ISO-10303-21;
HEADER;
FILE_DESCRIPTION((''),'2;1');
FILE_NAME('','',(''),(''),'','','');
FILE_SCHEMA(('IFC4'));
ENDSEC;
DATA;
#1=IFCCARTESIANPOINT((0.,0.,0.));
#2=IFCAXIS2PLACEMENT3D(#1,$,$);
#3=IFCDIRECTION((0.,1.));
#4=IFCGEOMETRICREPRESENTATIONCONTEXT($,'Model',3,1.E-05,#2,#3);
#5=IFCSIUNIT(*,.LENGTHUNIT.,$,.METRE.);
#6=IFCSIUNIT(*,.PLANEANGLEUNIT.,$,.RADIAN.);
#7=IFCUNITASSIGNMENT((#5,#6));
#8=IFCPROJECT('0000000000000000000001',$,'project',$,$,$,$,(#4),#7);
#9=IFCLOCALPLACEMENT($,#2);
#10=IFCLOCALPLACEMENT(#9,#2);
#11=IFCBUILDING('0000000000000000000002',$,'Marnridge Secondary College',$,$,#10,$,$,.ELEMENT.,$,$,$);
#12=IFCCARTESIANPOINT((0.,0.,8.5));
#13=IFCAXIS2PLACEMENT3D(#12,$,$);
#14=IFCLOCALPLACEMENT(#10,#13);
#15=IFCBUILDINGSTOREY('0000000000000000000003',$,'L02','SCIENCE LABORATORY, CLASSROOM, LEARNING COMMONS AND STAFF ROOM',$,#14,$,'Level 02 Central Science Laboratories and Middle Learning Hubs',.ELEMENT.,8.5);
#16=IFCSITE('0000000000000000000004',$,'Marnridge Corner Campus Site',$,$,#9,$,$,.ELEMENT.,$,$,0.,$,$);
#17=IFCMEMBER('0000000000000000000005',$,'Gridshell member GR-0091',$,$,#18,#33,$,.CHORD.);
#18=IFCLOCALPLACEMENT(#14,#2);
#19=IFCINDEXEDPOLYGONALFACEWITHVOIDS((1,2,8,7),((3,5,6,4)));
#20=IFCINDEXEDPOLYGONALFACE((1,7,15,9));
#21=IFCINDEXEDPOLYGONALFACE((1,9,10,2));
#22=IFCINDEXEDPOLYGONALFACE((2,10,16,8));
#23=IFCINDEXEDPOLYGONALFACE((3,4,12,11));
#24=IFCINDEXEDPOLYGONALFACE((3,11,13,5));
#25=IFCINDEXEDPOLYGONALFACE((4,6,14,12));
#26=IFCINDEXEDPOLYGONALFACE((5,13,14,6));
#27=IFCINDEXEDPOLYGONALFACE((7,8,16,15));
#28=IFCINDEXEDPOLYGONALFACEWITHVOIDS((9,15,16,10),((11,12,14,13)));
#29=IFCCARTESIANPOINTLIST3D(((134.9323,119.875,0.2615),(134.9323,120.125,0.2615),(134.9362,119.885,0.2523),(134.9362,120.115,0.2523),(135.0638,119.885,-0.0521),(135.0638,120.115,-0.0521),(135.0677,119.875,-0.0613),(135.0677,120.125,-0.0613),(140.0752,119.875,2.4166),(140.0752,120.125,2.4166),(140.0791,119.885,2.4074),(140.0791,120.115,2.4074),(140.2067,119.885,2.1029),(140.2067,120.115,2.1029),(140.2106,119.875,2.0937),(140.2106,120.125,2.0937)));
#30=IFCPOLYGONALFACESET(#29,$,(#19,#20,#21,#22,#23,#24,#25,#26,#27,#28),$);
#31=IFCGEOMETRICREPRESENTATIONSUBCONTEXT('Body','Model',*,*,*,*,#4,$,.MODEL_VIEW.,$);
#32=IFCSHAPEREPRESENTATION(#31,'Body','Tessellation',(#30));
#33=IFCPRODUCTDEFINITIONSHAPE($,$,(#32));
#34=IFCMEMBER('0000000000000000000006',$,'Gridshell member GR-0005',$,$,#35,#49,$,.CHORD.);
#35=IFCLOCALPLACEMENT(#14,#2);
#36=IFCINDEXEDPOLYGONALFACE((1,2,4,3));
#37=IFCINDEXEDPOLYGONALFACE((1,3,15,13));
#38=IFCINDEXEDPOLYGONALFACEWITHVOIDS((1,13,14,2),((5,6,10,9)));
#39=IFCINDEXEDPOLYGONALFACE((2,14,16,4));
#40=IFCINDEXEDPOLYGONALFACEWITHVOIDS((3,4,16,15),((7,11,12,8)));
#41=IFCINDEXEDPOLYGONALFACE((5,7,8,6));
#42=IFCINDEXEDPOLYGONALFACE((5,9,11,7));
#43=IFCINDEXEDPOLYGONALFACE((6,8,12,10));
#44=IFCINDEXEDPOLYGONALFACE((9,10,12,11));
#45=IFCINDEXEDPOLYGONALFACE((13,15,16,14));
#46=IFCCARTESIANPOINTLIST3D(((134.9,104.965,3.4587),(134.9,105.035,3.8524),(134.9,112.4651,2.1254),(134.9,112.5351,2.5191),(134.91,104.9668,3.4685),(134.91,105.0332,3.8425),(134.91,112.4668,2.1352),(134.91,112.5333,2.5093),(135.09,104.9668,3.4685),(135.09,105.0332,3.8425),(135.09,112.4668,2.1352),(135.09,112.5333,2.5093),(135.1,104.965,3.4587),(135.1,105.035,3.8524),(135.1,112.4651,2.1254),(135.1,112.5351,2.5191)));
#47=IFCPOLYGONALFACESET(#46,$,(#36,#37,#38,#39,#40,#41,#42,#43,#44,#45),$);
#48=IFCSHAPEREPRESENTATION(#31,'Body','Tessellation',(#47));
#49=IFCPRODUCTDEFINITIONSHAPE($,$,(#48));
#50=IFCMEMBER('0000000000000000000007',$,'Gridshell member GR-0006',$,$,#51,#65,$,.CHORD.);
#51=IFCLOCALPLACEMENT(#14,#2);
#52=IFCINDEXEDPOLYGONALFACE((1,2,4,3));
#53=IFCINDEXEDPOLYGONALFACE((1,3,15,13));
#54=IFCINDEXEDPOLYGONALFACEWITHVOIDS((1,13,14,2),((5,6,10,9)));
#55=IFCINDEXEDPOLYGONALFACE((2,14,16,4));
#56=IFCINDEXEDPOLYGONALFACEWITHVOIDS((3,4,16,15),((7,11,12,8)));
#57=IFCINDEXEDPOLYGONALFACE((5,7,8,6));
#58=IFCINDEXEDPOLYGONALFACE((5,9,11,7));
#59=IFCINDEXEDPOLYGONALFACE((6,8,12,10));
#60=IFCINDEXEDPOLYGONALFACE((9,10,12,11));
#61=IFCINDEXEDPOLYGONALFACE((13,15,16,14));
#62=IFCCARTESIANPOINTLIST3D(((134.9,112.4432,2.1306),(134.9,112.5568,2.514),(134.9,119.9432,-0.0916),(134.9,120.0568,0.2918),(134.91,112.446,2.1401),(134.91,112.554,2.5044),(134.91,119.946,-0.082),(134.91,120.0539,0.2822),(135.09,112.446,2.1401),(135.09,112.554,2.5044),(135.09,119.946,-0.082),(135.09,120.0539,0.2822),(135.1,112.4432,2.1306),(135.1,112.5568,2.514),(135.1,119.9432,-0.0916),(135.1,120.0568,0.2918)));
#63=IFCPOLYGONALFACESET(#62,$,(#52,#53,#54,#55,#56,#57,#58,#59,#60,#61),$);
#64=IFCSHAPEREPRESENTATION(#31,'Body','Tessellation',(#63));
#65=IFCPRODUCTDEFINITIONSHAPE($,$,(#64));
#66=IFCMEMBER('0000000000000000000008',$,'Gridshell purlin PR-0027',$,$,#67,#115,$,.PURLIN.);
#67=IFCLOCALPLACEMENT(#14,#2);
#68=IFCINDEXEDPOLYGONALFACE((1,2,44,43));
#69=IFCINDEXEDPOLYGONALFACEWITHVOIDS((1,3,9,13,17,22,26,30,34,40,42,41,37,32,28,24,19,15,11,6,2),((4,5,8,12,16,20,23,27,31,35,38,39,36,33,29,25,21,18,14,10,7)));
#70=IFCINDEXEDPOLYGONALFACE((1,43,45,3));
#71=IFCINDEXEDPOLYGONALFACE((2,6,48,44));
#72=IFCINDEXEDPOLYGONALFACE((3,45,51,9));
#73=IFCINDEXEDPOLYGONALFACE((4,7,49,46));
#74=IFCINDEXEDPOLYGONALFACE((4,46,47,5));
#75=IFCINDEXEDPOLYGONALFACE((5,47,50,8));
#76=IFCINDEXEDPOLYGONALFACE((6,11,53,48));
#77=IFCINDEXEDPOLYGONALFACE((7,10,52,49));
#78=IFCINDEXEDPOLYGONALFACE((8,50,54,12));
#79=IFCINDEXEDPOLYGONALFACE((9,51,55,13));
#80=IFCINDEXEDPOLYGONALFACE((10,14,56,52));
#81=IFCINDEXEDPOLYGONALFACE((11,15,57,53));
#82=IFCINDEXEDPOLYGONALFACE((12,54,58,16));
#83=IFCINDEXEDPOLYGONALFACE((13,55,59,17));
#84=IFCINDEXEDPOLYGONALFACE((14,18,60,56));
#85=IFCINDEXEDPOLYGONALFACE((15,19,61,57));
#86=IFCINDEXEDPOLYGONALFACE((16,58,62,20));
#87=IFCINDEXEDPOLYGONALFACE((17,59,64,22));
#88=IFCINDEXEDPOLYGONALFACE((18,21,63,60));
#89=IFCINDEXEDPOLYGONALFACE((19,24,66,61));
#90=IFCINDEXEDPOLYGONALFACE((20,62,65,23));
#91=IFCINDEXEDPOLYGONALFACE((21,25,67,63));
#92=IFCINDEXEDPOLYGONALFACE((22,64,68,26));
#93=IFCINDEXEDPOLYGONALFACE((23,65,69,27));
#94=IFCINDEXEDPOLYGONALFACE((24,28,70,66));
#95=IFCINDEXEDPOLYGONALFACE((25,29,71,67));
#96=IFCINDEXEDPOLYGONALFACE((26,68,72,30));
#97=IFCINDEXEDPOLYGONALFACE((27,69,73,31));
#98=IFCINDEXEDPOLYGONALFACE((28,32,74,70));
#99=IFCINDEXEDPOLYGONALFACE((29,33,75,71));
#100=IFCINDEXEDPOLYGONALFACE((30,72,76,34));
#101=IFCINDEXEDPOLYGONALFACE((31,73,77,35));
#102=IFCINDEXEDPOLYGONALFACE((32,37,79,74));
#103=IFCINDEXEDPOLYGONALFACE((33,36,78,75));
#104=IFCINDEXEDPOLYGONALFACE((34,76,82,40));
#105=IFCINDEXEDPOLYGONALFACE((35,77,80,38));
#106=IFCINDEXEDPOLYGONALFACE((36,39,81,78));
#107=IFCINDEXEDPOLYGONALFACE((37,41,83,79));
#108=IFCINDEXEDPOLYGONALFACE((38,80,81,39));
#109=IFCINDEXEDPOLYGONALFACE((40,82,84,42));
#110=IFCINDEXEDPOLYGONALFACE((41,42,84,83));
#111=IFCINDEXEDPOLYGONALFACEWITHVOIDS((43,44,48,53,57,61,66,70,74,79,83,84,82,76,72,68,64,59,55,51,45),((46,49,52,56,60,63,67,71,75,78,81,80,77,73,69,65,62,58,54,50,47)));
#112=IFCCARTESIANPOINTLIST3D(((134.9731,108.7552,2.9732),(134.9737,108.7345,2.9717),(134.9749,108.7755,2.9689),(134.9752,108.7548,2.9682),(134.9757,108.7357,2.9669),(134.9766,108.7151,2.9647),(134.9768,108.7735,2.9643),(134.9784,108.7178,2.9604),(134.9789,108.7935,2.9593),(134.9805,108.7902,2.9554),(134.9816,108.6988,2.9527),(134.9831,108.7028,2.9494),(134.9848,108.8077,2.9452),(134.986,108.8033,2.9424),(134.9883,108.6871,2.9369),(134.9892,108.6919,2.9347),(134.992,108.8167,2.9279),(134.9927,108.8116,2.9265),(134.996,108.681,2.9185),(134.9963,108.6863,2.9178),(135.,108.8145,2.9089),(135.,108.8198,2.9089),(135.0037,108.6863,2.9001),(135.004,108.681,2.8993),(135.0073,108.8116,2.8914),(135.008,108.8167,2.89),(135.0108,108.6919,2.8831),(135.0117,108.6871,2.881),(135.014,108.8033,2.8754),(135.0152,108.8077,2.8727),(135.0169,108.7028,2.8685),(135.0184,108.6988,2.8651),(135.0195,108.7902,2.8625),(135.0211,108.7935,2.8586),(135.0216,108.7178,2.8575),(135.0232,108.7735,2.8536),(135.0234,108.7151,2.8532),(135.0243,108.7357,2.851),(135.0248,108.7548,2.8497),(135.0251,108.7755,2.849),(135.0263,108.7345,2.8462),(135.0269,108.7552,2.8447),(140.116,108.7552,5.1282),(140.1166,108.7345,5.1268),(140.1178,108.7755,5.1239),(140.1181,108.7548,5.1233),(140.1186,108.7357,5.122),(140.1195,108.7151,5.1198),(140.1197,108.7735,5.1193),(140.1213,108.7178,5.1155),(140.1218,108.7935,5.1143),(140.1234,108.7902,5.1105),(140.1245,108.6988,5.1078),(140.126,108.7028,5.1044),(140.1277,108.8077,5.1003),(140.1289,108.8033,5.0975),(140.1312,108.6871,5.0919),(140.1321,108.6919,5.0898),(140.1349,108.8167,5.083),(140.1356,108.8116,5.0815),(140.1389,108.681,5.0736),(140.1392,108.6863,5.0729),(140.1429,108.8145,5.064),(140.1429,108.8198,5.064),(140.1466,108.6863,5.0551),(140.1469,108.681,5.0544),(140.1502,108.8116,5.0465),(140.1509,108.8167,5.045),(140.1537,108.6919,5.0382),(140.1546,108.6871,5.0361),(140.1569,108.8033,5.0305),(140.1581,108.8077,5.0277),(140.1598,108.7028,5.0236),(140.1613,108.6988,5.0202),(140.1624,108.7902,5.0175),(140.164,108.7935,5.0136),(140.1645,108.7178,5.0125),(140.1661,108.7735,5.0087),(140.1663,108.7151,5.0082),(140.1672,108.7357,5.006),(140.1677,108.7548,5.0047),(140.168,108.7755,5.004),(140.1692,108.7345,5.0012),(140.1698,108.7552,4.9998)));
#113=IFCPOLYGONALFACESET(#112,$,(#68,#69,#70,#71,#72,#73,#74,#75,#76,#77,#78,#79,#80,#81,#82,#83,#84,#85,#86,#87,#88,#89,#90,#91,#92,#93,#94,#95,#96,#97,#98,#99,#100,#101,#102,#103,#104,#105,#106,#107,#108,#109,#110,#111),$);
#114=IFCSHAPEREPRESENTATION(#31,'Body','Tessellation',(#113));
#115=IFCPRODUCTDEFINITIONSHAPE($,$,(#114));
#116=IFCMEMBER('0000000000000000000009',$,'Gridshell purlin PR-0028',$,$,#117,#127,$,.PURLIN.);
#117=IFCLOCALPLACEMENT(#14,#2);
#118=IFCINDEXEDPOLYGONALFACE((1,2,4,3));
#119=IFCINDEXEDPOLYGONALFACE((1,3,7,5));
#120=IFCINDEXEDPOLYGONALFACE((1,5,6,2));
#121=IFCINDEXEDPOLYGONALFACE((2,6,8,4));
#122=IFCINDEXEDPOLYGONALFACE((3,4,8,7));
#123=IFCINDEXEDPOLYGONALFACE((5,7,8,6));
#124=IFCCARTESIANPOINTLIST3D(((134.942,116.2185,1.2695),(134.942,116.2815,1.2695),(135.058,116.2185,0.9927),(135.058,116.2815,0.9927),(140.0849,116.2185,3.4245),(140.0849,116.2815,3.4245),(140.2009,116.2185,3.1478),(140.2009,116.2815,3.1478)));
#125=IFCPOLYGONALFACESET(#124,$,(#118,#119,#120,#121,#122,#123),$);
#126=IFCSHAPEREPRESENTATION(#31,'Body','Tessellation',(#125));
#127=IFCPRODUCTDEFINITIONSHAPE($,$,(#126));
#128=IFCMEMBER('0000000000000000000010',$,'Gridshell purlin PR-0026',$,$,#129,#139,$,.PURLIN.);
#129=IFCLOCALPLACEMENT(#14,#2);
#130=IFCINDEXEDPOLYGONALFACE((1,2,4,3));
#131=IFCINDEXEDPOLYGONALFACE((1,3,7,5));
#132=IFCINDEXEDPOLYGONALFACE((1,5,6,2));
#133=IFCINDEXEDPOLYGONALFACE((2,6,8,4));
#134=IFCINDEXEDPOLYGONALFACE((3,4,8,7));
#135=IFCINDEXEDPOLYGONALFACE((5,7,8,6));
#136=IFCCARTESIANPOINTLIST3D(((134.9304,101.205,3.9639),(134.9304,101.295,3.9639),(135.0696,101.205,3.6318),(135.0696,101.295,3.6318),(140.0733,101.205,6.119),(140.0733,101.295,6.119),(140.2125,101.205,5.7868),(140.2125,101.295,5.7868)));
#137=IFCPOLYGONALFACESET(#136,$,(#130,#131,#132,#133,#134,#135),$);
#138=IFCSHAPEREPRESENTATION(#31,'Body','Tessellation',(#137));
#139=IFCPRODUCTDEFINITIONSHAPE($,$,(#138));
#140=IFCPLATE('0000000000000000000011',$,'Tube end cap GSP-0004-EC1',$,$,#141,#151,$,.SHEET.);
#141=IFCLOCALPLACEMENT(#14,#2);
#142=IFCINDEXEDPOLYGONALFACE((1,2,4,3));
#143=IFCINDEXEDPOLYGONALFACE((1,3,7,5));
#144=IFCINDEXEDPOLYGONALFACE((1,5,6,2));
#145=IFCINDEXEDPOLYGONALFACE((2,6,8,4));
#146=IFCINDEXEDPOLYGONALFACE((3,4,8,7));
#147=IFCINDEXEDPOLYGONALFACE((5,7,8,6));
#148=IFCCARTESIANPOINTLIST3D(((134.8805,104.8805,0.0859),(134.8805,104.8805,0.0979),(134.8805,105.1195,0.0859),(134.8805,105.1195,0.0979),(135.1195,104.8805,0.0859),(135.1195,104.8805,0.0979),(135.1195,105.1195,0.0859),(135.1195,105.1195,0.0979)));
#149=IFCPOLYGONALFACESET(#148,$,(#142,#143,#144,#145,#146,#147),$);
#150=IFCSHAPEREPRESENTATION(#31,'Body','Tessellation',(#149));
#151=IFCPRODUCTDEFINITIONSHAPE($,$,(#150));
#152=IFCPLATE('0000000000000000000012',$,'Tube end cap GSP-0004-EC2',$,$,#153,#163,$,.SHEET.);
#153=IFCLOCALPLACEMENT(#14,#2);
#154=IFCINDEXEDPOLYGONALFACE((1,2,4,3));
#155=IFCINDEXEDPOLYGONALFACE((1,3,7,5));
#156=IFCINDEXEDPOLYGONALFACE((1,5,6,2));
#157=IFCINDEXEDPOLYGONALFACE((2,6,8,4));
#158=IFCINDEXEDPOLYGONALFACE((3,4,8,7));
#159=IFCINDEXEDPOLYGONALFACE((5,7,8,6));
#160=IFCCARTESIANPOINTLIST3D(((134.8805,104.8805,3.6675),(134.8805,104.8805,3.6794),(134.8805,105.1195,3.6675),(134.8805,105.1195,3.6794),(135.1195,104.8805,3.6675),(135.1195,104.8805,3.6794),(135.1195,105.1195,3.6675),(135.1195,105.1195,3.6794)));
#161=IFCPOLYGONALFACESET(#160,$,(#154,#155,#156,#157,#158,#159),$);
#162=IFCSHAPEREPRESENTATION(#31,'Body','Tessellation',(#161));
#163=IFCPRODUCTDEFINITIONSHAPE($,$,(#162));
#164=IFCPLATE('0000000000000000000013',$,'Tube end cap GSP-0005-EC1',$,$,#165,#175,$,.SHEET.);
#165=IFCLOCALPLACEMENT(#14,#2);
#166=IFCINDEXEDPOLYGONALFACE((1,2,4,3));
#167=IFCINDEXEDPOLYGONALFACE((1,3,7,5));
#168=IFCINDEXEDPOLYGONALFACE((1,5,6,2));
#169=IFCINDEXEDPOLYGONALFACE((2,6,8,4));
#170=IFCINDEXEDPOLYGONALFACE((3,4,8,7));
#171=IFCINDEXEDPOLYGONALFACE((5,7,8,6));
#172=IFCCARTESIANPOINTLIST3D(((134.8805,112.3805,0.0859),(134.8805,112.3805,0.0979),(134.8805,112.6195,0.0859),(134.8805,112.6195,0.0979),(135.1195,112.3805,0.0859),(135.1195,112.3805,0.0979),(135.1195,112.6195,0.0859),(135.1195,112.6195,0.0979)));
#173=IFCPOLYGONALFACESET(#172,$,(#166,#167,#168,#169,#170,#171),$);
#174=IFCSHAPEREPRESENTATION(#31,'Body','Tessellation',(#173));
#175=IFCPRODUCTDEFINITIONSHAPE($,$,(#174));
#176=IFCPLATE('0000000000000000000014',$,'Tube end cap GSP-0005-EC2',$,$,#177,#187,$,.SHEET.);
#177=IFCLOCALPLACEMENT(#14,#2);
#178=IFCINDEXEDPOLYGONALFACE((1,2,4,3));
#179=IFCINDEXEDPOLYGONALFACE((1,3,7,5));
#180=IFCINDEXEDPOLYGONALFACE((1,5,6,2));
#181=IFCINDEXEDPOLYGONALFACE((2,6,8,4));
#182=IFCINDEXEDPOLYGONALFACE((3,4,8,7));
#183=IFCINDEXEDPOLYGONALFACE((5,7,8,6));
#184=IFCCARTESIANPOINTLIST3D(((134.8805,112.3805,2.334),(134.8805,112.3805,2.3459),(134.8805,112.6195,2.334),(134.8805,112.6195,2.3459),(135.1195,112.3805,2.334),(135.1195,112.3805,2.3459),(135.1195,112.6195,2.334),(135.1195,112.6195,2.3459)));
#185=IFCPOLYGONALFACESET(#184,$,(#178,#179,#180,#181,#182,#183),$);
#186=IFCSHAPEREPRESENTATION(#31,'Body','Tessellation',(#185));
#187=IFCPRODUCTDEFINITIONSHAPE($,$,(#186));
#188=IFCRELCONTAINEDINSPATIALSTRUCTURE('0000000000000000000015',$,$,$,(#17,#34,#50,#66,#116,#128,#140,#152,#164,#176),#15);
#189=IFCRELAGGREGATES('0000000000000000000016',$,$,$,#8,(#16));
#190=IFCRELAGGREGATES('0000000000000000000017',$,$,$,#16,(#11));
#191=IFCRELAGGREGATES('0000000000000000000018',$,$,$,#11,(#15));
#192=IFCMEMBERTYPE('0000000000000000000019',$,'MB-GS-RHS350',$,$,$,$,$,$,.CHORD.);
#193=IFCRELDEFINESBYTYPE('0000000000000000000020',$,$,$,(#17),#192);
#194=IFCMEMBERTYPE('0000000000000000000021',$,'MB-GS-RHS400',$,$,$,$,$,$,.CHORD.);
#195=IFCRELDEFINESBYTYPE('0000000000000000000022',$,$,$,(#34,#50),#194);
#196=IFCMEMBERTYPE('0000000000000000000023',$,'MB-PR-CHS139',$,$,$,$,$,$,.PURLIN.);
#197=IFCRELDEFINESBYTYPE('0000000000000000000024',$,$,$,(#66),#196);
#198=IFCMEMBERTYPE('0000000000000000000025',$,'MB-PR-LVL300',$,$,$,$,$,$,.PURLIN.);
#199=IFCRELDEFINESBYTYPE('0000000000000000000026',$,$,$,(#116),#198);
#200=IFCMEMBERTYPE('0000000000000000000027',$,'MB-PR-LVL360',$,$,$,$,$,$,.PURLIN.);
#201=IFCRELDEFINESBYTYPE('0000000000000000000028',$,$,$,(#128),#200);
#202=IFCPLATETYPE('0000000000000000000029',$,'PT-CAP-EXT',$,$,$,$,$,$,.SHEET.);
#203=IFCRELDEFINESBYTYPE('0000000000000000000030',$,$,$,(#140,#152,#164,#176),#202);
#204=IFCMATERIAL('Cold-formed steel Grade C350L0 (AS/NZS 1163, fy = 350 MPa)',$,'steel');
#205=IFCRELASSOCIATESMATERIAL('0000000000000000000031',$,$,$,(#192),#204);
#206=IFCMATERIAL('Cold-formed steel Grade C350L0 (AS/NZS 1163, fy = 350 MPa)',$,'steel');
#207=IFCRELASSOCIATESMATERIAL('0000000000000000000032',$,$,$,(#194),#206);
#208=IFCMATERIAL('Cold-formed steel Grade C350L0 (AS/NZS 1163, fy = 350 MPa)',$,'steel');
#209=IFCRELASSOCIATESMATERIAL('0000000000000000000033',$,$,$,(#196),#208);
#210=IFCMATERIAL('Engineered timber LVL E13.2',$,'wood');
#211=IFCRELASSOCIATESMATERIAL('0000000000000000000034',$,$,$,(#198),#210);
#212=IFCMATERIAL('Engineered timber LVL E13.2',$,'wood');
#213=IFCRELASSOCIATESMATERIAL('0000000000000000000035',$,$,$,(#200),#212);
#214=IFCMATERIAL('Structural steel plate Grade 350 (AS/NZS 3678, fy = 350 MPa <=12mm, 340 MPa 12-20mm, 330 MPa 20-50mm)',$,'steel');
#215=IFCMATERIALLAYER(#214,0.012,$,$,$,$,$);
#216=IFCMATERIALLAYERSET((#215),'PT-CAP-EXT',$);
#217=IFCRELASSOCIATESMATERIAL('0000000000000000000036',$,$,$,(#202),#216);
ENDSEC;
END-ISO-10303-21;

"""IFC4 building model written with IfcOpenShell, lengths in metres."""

from ifc_helpers import new_model, si_unit, direction, frame, origin, origin_2d, place, context, subcontext, project, spatial, rectangle, hollow_rectangle, hollow_circle, extrude, material, layer, layer_set, material_profile, profile_set, type_object, element, save


model = new_model("IFC4")

# Units and contexts
model_context = context("Model", 3, precision=1e-05, world=origin(), true_north=direction((0.0, 1.0)))
body_context = subcontext(model_context, "Body", "Model", "MODEL_VIEW")
ifc_project = project(units=[si_unit("LENGTHUNIT", "METRE"), si_unit("PLANEANGLEUNIT", "RADIAN")], contexts=[model_context])

# Site, building, storey
site_placement = place(None, origin())
site = spatial("IfcSite", under=ifc_project, at=site_placement, Name="Marnridge Corner Campus Site", CompositionType="ELEMENT", RefElevation=0.0)
building_placement = place(site_placement, origin())
building = spatial("IfcBuilding", under=site, at=building_placement, Name="Marnridge Secondary College", CompositionType="ELEMENT")
storey_placement = place(building_placement, frame((0.0, 0.0, 8.5)))
storey = spatial("IfcBuildingStorey", under=building, at=storey_placement, Name="L02", Description="SCIENCE LABORATORY, CLASSROOM, LEARNING COMMONS AND STAFF ROOM", LongName="Level 02 Central Science Laboratories and Middle Learning Hubs", CompositionType="ELEMENT", Elevation=8.5)

# Members
ifc_material_1 = material(Name="Cold-formed steel Grade C350L0 (AS/NZS 1163, fy = 350 MPa)", Category="steel")
ifc_material_profile_1 = material_profile(ifc_material_1, hollow_rectangle(XDim=0.25, YDim=0.3501, WallThickness=0.01, at=origin_2d()), Name="350x250x10.0RHS")
ifc_profile_set_1 = profile_set([ifc_material_profile_1], Name="Cold-formed steel Grade C350L0 (AS/NZS 1163, fy = 350 MPa)")
member_type_1 = type_object("IfcMemberType", Name="MB-GS-RHS350", PredefinedType="CHORD", material=ifc_profile_set_1)
member_1_placement = place(storey_placement, frame((135.0, 120.0, 0.1001), z_axis=(0.922299, 0.0, 0.386477), x_axis=(0.0, 1.0, 0.0)))
element("IfcMember", 1, at=member_1_placement, inside=storey, type_object=member_type_1, Name="Gridshell member GR-0091", PredefinedType="CHORD", context=body_context, shape_type="SweptSolid", body=[
    extrude(hollow_rectangle(XDim=0.25, YDim=0.3501, WallThickness=0.01, at=origin_2d()), origin(), (0.0, 0.0, 1.0), 5.5762),
])
ifc_material_2 = material(Name="Cold-formed steel Grade C350L0 (AS/NZS 1163, fy = 350 MPa)", Category="steel")
ifc_material_profile_2 = material_profile(ifc_material_2, hollow_rectangle(XDim=0.2, YDim=0.3999, WallThickness=0.01, at=origin_2d()), Name="400x200x10.0RHS")
ifc_profile_set_2 = profile_set([ifc_material_profile_2], Name="Cold-formed steel Grade C350L0 (AS/NZS 1163, fy = 350 MPa)")
member_type_2 = type_object("IfcMemberType", Name="MB-GS-RHS400", PredefinedType="CHORD", material=ifc_profile_set_2)
member_2_placement = place(storey_placement, frame((135.0, 105.0, 3.6555), z_axis=(0.0, 0.984564, -0.175023), x_axis=(-1.0, 0.0, 0.0)))
element("IfcMember", 2, at=member_2_placement, inside=storey, type_object=member_type_2, Name="Gridshell member GR-0005", PredefinedType="CHORD", context=body_context, shape_type="SweptSolid", body=[
    extrude(hollow_rectangle(XDim=0.2, YDim=0.3999, WallThickness=0.01, at=origin_2d()), origin(), (0.0, 0.0, 1.0), 7.6177),
])
member_3_placement = place(storey_placement, frame((135.0, 112.5, 2.3223), z_axis=(0.0, 0.9588, -0.284082), x_axis=(-1.0, 0.0, 0.0)))
element("IfcMember", 3, at=member_3_placement, inside=storey, type_object=member_type_2, Name="Gridshell member GR-0006", PredefinedType="CHORD", context=body_context, shape_type="SweptSolid", body=[
    extrude(hollow_rectangle(XDim=0.2, YDim=0.3999, WallThickness=0.01, at=origin_2d()), origin(), (0.0, 0.0, 1.0), 7.8223),
])
ifc_material_3 = material(Name="Cold-formed steel Grade C350L0 (AS/NZS 1163, fy = 350 MPa)", Category="steel")
ifc_material_profile_3 = material_profile(ifc_material_3, hollow_circle(Radius=0.0698, WallThickness=0.0054, at=origin_2d()), Name="139.7x5.4CHS")
ifc_profile_set_3 = profile_set([ifc_material_profile_3], Name="Cold-formed steel Grade C350L0 (AS/NZS 1163, fy = 350 MPa)")
member_type_3 = type_object("IfcMemberType", Name="MB-PR-CHS139", PredefinedType="PURLIN", material=ifc_profile_set_3)
member_4_placement = place(storey_placement, frame((135.0, 108.75, 2.9089), z_axis=(0.922299, 0.0, 0.386477), x_axis=(0.0, 1.0, 0.0)))
element("IfcMember", 4, at=member_4_placement, inside=storey, type_object=member_type_3, Name="Gridshell purlin PR-0027", PredefinedType="PURLIN", context=body_context, shape_type="SweptSolid", body=[
    extrude(hollow_circle(Radius=0.0698, WallThickness=0.0054, at=origin_2d()), origin(), (0.0, 0.0, 1.0), 5.5762),
])
ifc_material_4 = material(Name="Engineered timber LVL E13.2", Category="wood")
ifc_material_profile_4 = material_profile(ifc_material_4, rectangle(XDim=0.063, YDim=0.3, at=origin_2d()), Name="LVL 63x300")
ifc_profile_set_4 = profile_set([ifc_material_profile_4], Name="Engineered timber LVL E13.2")
member_type_4 = type_object("IfcMemberType", Name="MB-PR-LVL300", PredefinedType="PURLIN", material=ifc_profile_set_4)
member_5_placement = place(storey_placement, frame((135.0, 116.25, 1.1311), z_axis=(0.922299, 0.0, 0.386477), x_axis=(0.0, 1.0, 0.0)))
element("IfcMember", 5, at=member_5_placement, inside=storey, type_object=member_type_4, Name="Gridshell purlin PR-0028", PredefinedType="PURLIN", context=body_context, shape_type="SweptSolid", body=[
    extrude(rectangle(XDim=0.063, YDim=0.3, at=origin_2d()), origin(), (0.0, 0.0, 1.0), 5.5762),
])
ifc_material_5 = material(Name="Engineered timber LVL E13.2", Category="wood")
ifc_material_profile_5 = material_profile(ifc_material_5, rectangle(XDim=0.0901, YDim=0.3601, at=origin_2d()), Name="LVL 90x360")
ifc_profile_set_5 = profile_set([ifc_material_profile_5], Name="Engineered timber LVL E13.2")
member_type_5 = type_object("IfcMemberType", Name="MB-PR-LVL360", PredefinedType="PURLIN", material=ifc_profile_set_5)
member_6_placement = place(storey_placement, frame((135.0, 101.25, 3.7979), z_axis=(0.922299, 0.0, 0.386477), x_axis=(0.0, 1.0, 0.0)))
element("IfcMember", 6, at=member_6_placement, inside=storey, type_object=member_type_5, Name="Gridshell purlin PR-0026", PredefinedType="PURLIN", context=body_context, shape_type="SweptSolid", body=[
    extrude(rectangle(XDim=0.0901, YDim=0.3601, at=origin_2d()), origin(), (0.0, 0.0, 1.0), 5.5762),
])

# Plates
ifc_material_6 = material(Name="Structural steel plate Grade 350 (AS/NZS 3678, fy = 350 MPa <=12mm, 340 MPa 12-20mm, 330 MPa 20-50mm)", Category="steel")
ifc_layer_1 = layer(ifc_material_6, 0.012)
ifc_layer_set_1 = layer_set([ifc_layer_1], Name="PT-CAP-EXT")
plate_type = type_object("IfcPlateType", Name="PT-CAP-EXT", PredefinedType="SHEET", material=ifc_layer_set_1)
for number, where, z_axis, x_axis, name in (
    (7, (135.0, 105.0, 0.0859), (0.0, 0.0, 1.0), (1.0, 0.0, 0.0), "Tube end cap GSP-0004-EC1"),
    (8, (135.0, 105.0, 3.6675), (0.0, 0.0, 1.0), (1.0, 0.0, 0.0), "Tube end cap GSP-0004-EC2"),
    (9, (135.0, 112.5, 0.0859), (0.0, 0.0, 1.0), (1.0, 0.0, 0.0), "Tube end cap GSP-0005-EC1"),
    (10, (135.0, 112.5, 2.334), (0.0, 0.0, 1.0), (1.0, 0.0, 0.0), "Tube end cap GSP-0005-EC2"),
):
    element("IfcPlate", number, at=place(storey_placement, frame(where, z_axis=z_axis, x_axis=x_axis)), inside=storey, type_object=plate_type, Name=name, PredefinedType="SHEET", context=body_context, shape_type="SweptSolid", body=[
        extrude(rectangle(XDim=0.239, YDim=0.239, at=origin_2d()), origin(), (0.0, 0.0, 1.0), 0.012),
    ])

save(model, "model.ifc")
